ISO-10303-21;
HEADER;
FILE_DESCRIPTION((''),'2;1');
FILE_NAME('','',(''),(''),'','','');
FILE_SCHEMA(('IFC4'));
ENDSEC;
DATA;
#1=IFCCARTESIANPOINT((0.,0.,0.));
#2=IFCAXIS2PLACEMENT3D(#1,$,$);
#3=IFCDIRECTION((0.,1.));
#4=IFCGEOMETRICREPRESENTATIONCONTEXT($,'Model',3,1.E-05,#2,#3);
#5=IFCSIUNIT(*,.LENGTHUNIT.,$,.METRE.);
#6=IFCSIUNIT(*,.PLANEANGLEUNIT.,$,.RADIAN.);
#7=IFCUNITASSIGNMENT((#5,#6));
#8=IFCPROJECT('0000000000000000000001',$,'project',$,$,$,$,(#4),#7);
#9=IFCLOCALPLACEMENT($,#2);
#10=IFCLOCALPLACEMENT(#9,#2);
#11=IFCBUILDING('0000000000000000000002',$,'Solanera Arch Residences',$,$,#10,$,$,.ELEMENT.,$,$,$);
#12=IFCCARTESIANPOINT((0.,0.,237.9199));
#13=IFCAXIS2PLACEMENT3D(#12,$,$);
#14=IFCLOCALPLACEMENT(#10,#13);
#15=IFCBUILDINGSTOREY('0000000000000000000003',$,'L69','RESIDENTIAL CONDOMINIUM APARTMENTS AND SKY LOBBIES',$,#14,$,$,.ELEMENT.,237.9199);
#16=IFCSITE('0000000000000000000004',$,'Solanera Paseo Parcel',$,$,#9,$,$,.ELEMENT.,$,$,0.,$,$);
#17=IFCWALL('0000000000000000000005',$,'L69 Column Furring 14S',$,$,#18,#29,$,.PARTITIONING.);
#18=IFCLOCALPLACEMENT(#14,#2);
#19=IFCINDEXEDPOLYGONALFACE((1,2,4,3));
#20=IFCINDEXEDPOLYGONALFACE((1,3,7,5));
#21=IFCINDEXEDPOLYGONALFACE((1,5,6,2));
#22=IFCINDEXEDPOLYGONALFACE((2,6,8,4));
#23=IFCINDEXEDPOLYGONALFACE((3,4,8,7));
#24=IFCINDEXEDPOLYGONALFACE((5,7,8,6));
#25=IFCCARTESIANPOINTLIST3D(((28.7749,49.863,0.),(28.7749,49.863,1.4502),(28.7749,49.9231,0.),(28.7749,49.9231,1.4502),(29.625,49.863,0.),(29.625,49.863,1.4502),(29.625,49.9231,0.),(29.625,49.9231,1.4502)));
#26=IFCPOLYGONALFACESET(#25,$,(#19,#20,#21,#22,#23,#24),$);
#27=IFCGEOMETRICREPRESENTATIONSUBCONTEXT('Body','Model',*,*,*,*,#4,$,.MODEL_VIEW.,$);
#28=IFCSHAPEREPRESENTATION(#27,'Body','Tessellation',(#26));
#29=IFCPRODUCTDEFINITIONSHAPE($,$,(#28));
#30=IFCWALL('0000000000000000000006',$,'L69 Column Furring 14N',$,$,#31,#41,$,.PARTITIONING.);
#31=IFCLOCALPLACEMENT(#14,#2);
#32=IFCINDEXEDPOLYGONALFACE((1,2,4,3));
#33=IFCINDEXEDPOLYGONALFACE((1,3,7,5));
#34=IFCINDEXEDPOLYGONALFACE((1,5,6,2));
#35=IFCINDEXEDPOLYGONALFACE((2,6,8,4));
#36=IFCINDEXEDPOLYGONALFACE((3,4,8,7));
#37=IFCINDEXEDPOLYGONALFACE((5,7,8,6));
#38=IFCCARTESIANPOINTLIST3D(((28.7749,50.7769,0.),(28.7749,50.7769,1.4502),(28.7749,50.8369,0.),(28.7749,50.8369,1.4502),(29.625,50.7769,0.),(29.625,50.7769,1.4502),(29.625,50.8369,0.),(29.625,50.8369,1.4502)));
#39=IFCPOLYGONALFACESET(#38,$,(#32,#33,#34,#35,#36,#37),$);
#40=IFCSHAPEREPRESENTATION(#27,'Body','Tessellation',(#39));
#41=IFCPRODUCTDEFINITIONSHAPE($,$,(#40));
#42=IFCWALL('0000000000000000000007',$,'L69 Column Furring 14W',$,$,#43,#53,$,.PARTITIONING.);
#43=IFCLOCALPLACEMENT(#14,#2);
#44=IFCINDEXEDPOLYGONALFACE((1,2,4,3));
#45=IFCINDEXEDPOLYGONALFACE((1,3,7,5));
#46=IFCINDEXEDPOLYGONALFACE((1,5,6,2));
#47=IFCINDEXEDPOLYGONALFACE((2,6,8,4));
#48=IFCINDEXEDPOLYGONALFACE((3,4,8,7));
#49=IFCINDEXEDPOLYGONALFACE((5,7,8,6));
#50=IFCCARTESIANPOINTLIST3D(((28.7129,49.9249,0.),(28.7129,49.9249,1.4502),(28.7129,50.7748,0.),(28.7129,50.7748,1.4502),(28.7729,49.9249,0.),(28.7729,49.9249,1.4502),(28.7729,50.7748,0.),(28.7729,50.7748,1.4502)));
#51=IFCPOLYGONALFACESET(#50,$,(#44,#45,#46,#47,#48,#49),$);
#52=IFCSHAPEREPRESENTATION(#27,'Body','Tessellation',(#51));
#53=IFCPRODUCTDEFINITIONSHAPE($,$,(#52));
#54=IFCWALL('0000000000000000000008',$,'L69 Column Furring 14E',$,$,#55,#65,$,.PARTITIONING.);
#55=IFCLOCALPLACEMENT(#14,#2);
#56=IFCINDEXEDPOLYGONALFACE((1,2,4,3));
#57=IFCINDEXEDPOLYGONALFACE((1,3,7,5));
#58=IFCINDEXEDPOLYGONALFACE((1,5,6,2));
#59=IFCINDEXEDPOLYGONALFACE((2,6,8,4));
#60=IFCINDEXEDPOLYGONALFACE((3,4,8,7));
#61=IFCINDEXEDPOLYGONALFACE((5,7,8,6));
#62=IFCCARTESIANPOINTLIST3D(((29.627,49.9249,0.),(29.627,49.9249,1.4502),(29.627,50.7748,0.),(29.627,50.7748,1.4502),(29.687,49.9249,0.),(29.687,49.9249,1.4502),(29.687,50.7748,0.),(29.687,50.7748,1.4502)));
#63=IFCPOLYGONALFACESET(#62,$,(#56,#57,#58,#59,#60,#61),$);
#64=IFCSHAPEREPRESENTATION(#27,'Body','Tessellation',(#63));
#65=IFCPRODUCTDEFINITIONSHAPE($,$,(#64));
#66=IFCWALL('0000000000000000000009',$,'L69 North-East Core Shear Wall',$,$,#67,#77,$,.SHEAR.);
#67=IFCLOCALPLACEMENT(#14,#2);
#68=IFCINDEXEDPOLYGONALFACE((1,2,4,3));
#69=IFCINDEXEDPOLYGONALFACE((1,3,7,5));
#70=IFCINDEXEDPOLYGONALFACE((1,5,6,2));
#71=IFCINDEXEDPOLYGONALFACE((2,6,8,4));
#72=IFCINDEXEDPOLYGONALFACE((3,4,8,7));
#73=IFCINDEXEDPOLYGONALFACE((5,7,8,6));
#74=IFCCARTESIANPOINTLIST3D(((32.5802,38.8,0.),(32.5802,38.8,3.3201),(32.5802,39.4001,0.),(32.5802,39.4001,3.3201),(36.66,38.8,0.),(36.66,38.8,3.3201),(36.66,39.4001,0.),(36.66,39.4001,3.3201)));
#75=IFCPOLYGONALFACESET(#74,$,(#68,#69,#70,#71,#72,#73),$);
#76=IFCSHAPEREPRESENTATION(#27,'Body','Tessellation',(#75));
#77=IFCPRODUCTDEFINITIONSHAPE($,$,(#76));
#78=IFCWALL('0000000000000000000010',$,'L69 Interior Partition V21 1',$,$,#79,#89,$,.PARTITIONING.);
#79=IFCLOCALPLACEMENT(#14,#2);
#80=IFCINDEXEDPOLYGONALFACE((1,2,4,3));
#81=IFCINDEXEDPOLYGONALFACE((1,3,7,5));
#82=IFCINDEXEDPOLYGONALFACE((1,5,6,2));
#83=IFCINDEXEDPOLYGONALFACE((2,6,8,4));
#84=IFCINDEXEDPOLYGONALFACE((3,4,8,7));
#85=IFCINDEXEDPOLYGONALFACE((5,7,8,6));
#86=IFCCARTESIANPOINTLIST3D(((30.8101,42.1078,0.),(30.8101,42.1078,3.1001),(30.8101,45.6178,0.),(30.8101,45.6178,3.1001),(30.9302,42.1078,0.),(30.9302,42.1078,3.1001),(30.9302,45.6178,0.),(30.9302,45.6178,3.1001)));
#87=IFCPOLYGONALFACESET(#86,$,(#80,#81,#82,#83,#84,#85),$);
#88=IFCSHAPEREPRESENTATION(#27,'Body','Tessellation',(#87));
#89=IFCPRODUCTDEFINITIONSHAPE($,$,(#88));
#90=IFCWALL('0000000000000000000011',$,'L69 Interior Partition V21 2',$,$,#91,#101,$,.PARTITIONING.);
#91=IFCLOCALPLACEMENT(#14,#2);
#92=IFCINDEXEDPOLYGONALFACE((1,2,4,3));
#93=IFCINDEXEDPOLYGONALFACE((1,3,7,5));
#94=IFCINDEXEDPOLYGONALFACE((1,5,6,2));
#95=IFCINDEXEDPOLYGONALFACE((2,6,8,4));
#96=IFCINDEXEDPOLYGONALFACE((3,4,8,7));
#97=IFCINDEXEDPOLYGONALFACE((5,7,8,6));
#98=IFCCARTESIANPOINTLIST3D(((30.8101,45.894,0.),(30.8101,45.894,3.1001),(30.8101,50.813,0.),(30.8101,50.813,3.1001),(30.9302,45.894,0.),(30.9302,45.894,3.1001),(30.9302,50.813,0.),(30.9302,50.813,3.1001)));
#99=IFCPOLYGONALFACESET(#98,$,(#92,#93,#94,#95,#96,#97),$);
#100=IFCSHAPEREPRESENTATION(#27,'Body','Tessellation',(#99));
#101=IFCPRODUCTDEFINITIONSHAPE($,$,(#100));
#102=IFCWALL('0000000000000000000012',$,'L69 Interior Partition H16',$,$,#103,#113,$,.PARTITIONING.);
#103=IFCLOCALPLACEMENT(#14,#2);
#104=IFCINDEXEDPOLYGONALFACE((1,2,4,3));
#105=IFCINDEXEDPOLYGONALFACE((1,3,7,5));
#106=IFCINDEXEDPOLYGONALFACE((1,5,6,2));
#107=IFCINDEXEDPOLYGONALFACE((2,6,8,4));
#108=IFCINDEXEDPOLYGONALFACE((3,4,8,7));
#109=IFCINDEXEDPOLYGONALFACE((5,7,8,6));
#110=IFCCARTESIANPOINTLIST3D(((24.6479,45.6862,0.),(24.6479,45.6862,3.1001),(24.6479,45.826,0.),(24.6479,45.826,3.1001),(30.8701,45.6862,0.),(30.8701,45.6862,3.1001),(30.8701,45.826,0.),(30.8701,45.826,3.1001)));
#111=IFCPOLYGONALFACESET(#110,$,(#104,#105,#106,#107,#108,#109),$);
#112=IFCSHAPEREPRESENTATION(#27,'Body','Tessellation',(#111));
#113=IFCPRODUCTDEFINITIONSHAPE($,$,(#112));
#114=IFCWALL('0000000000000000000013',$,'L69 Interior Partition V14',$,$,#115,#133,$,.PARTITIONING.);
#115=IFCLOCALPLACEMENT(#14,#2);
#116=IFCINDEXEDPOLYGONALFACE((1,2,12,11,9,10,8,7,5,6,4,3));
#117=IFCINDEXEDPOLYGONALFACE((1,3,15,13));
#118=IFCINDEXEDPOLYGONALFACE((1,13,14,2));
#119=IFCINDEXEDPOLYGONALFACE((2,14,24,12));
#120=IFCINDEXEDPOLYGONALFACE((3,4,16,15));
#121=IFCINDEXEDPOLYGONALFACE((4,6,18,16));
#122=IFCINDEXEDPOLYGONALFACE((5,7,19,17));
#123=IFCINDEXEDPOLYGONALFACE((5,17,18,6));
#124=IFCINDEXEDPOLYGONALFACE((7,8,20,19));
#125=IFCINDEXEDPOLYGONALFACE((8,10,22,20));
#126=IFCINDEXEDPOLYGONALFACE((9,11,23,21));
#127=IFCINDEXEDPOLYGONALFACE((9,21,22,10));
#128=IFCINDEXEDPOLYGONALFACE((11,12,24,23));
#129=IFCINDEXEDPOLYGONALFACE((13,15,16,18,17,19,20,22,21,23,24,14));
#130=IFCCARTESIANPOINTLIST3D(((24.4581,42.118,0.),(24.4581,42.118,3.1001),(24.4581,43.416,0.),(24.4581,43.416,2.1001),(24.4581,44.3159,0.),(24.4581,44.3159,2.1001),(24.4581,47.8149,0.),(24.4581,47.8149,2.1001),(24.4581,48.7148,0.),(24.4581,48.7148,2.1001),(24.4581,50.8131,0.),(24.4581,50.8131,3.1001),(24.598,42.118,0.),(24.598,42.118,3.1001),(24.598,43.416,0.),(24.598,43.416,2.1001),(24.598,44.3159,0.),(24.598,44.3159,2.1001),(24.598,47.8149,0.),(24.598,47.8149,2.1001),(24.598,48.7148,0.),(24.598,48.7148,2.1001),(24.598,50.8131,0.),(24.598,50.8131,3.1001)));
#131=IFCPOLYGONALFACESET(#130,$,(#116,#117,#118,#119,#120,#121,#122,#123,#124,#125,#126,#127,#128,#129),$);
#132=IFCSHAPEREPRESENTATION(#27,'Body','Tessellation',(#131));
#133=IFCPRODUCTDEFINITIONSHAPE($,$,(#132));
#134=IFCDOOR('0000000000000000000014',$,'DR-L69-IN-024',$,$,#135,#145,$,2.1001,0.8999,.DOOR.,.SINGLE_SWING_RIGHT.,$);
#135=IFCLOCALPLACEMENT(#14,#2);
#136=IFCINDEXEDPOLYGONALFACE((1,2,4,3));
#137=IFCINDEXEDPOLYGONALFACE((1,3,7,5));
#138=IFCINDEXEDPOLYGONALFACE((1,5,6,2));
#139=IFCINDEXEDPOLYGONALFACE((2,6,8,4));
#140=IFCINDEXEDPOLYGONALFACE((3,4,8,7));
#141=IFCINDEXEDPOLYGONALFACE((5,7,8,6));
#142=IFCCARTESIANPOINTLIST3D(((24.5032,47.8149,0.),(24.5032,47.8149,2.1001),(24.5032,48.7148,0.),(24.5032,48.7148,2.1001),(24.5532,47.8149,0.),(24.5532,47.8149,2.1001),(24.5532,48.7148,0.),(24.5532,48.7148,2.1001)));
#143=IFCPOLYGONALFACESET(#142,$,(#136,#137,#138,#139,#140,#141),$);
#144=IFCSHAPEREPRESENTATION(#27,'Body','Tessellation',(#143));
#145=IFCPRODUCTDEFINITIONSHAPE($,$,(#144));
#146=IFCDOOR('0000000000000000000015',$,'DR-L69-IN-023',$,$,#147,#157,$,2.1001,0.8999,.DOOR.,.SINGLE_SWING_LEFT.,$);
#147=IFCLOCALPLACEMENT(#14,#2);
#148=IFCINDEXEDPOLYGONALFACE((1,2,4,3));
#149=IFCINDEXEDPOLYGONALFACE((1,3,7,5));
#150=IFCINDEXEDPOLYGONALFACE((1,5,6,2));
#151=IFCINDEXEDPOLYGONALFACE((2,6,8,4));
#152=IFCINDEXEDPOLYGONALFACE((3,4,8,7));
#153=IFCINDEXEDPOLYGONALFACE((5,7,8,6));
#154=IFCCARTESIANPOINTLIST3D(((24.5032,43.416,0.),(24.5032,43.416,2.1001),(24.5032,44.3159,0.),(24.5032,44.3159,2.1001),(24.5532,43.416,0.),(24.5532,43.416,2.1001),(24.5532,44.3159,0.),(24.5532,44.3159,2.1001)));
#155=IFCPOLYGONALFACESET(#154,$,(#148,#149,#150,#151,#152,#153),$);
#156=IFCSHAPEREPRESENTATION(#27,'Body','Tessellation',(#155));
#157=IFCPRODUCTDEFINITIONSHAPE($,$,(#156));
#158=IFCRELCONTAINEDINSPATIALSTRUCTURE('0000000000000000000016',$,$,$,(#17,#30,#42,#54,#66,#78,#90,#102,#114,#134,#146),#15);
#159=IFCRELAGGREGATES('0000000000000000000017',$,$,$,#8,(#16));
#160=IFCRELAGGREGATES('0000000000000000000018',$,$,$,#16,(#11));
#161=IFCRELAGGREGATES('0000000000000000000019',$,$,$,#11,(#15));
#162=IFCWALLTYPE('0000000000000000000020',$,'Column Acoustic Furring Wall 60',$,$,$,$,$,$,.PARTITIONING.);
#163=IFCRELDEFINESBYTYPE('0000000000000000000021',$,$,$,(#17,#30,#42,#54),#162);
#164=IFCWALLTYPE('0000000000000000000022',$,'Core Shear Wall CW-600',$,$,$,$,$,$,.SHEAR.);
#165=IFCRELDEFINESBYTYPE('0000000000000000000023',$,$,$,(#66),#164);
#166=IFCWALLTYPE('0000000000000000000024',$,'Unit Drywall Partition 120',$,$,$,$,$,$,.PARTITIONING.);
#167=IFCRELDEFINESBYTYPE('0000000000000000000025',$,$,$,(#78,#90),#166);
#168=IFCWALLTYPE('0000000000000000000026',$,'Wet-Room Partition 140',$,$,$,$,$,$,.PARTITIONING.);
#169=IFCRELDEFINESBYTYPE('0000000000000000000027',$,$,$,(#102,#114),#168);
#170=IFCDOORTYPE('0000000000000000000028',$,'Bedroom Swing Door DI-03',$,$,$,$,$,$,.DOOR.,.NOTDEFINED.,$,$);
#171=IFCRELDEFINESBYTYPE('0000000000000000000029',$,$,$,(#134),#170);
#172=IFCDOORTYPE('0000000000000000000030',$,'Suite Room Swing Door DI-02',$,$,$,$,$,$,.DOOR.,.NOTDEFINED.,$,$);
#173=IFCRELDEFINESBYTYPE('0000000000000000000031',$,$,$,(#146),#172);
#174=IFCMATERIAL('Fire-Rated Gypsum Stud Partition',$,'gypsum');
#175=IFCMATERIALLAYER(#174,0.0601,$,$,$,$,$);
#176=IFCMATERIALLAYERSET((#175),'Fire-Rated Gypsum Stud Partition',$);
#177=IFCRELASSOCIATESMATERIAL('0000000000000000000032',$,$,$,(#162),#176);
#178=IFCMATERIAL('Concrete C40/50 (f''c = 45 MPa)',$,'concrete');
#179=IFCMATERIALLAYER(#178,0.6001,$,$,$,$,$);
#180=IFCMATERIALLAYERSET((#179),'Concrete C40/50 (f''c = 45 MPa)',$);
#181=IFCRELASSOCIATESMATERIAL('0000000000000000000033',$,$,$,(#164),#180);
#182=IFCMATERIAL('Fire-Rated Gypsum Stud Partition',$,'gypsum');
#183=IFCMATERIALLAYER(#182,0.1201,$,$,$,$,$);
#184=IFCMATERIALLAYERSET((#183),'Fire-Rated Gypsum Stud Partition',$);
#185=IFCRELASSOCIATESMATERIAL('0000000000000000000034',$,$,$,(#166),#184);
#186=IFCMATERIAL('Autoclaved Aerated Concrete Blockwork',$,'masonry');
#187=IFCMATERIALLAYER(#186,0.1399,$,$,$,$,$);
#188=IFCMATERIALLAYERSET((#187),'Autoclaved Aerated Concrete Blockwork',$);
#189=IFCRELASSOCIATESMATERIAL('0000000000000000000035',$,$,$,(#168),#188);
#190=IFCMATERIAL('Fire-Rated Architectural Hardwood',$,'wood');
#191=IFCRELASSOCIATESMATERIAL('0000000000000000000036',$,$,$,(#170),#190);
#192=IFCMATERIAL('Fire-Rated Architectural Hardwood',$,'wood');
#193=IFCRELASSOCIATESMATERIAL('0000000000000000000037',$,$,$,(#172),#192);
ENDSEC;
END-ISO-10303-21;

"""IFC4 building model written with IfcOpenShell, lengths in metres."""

from ifc_helpers import new_model, si_unit, direction, frame, frame_2d, origin, place, context, subcontext, project, spatial, rectangle, extrude, material, layer, layer_set, type_object, element, fill, save


model = new_model("IFC4")

# Units and contexts
model_context = context("Model", 3, precision=1e-05, world=origin(), true_north=direction((0.0, 1.0)))
body_context = subcontext(model_context, "Body", "Model", "MODEL_VIEW")
ifc_project = project(units=[si_unit("LENGTHUNIT", "METRE"), si_unit("PLANEANGLEUNIT", "RADIAN")], contexts=[model_context])

# Site, building, storey
site_placement = place(None, origin())
site = spatial("IfcSite", under=ifc_project, at=site_placement, Name="Solanera Paseo Parcel", CompositionType="ELEMENT", RefElevation=0.0)
building_placement = place(site_placement, origin())
building = spatial("IfcBuilding", under=site, at=building_placement, Name="Solanera Arch Residences", CompositionType="ELEMENT")
storey_placement = place(building_placement, frame((0.0, 0.0, 237.9199)))
storey = spatial("IfcBuildingStorey", under=building, at=storey_placement, Name="L69", Description="RESIDENTIAL CONDOMINIUM APARTMENTS AND SKY LOBBIES", CompositionType="ELEMENT", Elevation=237.9199)

# Walls
ifc_material_1 = material(Name="Fire-Rated Gypsum Stud Partition", Category="gypsum")
ifc_layer_1 = layer(ifc_material_1, 0.0601)
ifc_layer_set_1 = layer_set([ifc_layer_1], Name="Fire-Rated Gypsum Stud Partition")
wall_type_1 = type_object("IfcWallType", Name="Column Acoustic Furring Wall 60", PredefinedType="PARTITIONING", material=ifc_layer_set_1)
for number, where, z_axis, x_axis, name in (
    (1, (28.7749, 49.8931, 0.0), (0.0, 0.0, 1.0), (1.0, 0.0, 0.0), "L69 Column Furring 14S"),
    (2, (28.7749, 50.8069, 0.0), (0.0, 0.0, 1.0), (1.0, 0.0, 0.0), "L69 Column Furring 14N"),
):
    element("IfcWall", number, at=place(storey_placement, frame(where, z_axis=z_axis, x_axis=x_axis)), inside=storey, type_object=wall_type_1, Name=name, PredefinedType="PARTITIONING", context=body_context, shape_type="SweptSolid", body=[
        extrude(rectangle(XDim=0.8501, YDim=0.0601, at=frame_2d((0.425, 0.0))), origin(), (0.0, 0.0, 1.0), 1.4502),
    ])
for number, where, z_axis, x_axis, name in (
    (3, (28.7429, 49.925, 0.0), (0.0, 0.0, 1.0), (0.0, 1.0, 0.0), "L69 Column Furring 14W"),
    (4, (29.657, 49.925, 0.0), (0.0, 0.0, 1.0), (0.0, 1.0, 0.0), "L69 Column Furring 14E"),
):
    element("IfcWall", number, at=place(storey_placement, frame(where, z_axis=z_axis, x_axis=x_axis)), inside=storey, type_object=wall_type_1, Name=name, PredefinedType="PARTITIONING", context=body_context, shape_type="SweptSolid", body=[
        extrude(rectangle(XDim=0.8499, YDim=0.0601, at=frame_2d((0.4248, 0.0))), origin(), (0.0, 0.0, 1.0), 1.4502),
    ])
ifc_material_2 = material(Name="Concrete C40/50 (f'c = 45 MPa)", Category="concrete")
ifc_layer_2 = layer(ifc_material_2, 0.6001)
ifc_layer_set_2 = layer_set([ifc_layer_2], Name="Concrete C40/50 (f'c = 45 MPa)")
wall_type_2 = type_object("IfcWallType", Name="Core Shear Wall CW-600", PredefinedType="SHEAR", material=ifc_layer_set_2)
wall_1_placement = place(storey_placement, frame((32.5801, 39.1001, 0.0), z_axis=(0.0, 0.0, 1.0), x_axis=(1.0, 0.0, 0.0)))
element("IfcWall", 5, at=wall_1_placement, inside=storey, type_object=wall_type_2, Name="L69 North-East Core Shear Wall", PredefinedType="SHEAR", context=body_context, shape_type="SweptSolid", body=[
    extrude(rectangle(XDim=4.0798, YDim=0.6001, at=frame_2d((2.04, 0.0))), origin(), (0.0, 0.0, 1.0), 3.3201),
])
ifc_material_3 = material(Name="Fire-Rated Gypsum Stud Partition", Category="gypsum")
ifc_layer_3 = layer(ifc_material_3, 0.1201)
ifc_layer_set_3 = layer_set([ifc_layer_3], Name="Fire-Rated Gypsum Stud Partition")
wall_type_3 = type_object("IfcWallType", Name="Unit Drywall Partition 120", PredefinedType="PARTITIONING", material=ifc_layer_set_3)
wall_2_placement = place(storey_placement, frame((30.8701, 42.1079, 0.0), z_axis=(0.0, 0.0, 1.0), x_axis=(0.0, 1.0, 0.0)))
element("IfcWall", 6, at=wall_2_placement, inside=storey, type_object=wall_type_3, Name="L69 Interior Partition V21 1", PredefinedType="PARTITIONING", context=body_context, shape_type="SweptSolid", body=[
    extrude(rectangle(XDim=3.51, YDim=0.1201, at=frame_2d((1.7549, 0.0))), origin(), (0.0, 0.0, 1.0), 3.1001),
])
wall_3_placement = place(storey_placement, frame((30.8701, 45.894, 0.0), z_axis=(0.0, 0.0, 1.0), x_axis=(0.0, 1.0, 0.0)))
element("IfcWall", 7, at=wall_3_placement, inside=storey, type_object=wall_type_3, Name="L69 Interior Partition V21 2", PredefinedType="PARTITIONING", context=body_context, shape_type="SweptSolid", body=[
    extrude(rectangle(XDim=4.9189, YDim=0.1201, at=frame_2d((2.4595, 0.0))), origin(), (0.0, 0.0, 1.0), 3.1001),
])
ifc_material_4 = material(Name="Autoclaved Aerated Concrete Blockwork", Category="masonry")
ifc_layer_4 = layer(ifc_material_4, 0.1399)
ifc_layer_set_4 = layer_set([ifc_layer_4], Name="Autoclaved Aerated Concrete Blockwork")
wall_type_4 = type_object("IfcWallType", Name="Wet-Room Partition 140", PredefinedType="PARTITIONING", material=ifc_layer_set_4)
wall_4_placement = place(storey_placement, frame((24.6479, 45.7561, 0.0), z_axis=(0.0, 0.0, 1.0), x_axis=(1.0, 0.0, 0.0)))
element("IfcWall", 8, at=wall_4_placement, inside=storey, type_object=wall_type_4, Name="L69 Interior Partition H16", PredefinedType="PARTITIONING", context=body_context, shape_type="SweptSolid", body=[
    extrude(rectangle(XDim=6.2222, YDim=0.1399, at=frame_2d((3.1111, 0.0))), origin(), (0.0, 0.0, 1.0), 3.1001),
])

# Wall, openings, doors
wall_5_placement = place(storey_placement, frame((24.5281, 42.1179, 0.0), z_axis=(0.0, 0.0, 1.0), x_axis=(0.0, 1.0, 0.0)))
wall_5 = element("IfcWall", 9, at=wall_5_placement, inside=storey, type_object=wall_type_4, Name="L69 Interior Partition V14", PredefinedType="PARTITIONING", context=body_context, shape_type="SweptSolid", body=[
    extrude(rectangle(XDim=8.6951, YDim=0.1399, at=frame_2d((4.3477, 0.0))), origin(), (0.0, 0.0, 1.0), 3.1001),
])
opening_1_placement = place(wall_5_placement, frame((1.2981, 0.0, 0.0)))
opening_1 = element("IfcOpeningElement", 10, at=opening_1_placement, cuts=wall_5, PredefinedType="OPENING", context=body_context, shape_type="SweptSolid", body=[
    extrude(rectangle(XDim=0.8999, YDim=2.1001, at=frame_2d((0.45, 1.05))), frame((0.0, 0.0798, 0.0), z_axis=(0.0, -1.0, 0.0), x_axis=(1.0, 0.0, 0.0)), (0.0, 0.0, 1.0), 0.1599),
])
opening_2_placement = place(wall_5_placement, frame((5.697, 0.0, 0.0)))
opening_2 = element("IfcOpeningElement", 11, at=opening_2_placement, cuts=wall_5, PredefinedType="OPENING", context=body_context, shape_type="SweptSolid", body=[
    extrude(rectangle(XDim=0.8999, YDim=2.1001, at=frame_2d((0.45, 1.05))), frame((0.0, 0.0798, 0.0), z_axis=(0.0, -1.0, 0.0), x_axis=(1.0, 0.0, 0.0)), (0.0, 0.0, 1.0), 0.1599),
])
ifc_material_5 = material(Name="Fire-Rated Architectural Hardwood", Category="wood")
door_type_1 = type_object("IfcDoorType", Name="Bedroom Swing Door DI-03", OperationType="NOTDEFINED", PredefinedType="DOOR", material=ifc_material_5)
door_1_placement = place(opening_2_placement, origin())
door_1 = element("IfcDoor", 12, at=door_1_placement, inside=storey, type_object=door_type_1, Name="DR-L69-IN-024", OperationType="SINGLE_SWING_RIGHT", OverallHeight=2.1001, OverallWidth=0.8999, PredefinedType="DOOR", context=body_context, shape_type="SweptSolid", body=[
    extrude(rectangle(XDim=0.8999, YDim=2.1001, at=frame_2d((0.45, 1.05))), frame((0.0, 0.0249, 0.0), z_axis=(0.0, -1.0, 0.0), x_axis=(1.0, 0.0, 0.0)), (0.0, 0.0, 1.0), 0.05),
])
fill(opening_2, door_1)
ifc_material_6 = material(Name="Fire-Rated Architectural Hardwood", Category="wood")
door_type_2 = type_object("IfcDoorType", Name="Suite Room Swing Door DI-02", OperationType="NOTDEFINED", PredefinedType="DOOR", material=ifc_material_6)
door_2_placement = place(opening_1_placement, origin())
door_2 = element("IfcDoor", 13, at=door_2_placement, inside=storey, type_object=door_type_2, Name="DR-L69-IN-023", OperationType="SINGLE_SWING_LEFT", OverallHeight=2.1001, OverallWidth=0.8999, PredefinedType="DOOR", context=body_context, shape_type="SweptSolid", body=[
    extrude(rectangle(XDim=0.8999, YDim=2.1001, at=frame_2d((0.45, 1.05))), frame((0.0, 0.0249, 0.0), z_axis=(0.0, -1.0, 0.0), x_axis=(1.0, 0.0, 0.0)), (0.0, 0.0, 1.0), 0.05),
])
fill(opening_1, door_2)

save(model, "model.ifc")
